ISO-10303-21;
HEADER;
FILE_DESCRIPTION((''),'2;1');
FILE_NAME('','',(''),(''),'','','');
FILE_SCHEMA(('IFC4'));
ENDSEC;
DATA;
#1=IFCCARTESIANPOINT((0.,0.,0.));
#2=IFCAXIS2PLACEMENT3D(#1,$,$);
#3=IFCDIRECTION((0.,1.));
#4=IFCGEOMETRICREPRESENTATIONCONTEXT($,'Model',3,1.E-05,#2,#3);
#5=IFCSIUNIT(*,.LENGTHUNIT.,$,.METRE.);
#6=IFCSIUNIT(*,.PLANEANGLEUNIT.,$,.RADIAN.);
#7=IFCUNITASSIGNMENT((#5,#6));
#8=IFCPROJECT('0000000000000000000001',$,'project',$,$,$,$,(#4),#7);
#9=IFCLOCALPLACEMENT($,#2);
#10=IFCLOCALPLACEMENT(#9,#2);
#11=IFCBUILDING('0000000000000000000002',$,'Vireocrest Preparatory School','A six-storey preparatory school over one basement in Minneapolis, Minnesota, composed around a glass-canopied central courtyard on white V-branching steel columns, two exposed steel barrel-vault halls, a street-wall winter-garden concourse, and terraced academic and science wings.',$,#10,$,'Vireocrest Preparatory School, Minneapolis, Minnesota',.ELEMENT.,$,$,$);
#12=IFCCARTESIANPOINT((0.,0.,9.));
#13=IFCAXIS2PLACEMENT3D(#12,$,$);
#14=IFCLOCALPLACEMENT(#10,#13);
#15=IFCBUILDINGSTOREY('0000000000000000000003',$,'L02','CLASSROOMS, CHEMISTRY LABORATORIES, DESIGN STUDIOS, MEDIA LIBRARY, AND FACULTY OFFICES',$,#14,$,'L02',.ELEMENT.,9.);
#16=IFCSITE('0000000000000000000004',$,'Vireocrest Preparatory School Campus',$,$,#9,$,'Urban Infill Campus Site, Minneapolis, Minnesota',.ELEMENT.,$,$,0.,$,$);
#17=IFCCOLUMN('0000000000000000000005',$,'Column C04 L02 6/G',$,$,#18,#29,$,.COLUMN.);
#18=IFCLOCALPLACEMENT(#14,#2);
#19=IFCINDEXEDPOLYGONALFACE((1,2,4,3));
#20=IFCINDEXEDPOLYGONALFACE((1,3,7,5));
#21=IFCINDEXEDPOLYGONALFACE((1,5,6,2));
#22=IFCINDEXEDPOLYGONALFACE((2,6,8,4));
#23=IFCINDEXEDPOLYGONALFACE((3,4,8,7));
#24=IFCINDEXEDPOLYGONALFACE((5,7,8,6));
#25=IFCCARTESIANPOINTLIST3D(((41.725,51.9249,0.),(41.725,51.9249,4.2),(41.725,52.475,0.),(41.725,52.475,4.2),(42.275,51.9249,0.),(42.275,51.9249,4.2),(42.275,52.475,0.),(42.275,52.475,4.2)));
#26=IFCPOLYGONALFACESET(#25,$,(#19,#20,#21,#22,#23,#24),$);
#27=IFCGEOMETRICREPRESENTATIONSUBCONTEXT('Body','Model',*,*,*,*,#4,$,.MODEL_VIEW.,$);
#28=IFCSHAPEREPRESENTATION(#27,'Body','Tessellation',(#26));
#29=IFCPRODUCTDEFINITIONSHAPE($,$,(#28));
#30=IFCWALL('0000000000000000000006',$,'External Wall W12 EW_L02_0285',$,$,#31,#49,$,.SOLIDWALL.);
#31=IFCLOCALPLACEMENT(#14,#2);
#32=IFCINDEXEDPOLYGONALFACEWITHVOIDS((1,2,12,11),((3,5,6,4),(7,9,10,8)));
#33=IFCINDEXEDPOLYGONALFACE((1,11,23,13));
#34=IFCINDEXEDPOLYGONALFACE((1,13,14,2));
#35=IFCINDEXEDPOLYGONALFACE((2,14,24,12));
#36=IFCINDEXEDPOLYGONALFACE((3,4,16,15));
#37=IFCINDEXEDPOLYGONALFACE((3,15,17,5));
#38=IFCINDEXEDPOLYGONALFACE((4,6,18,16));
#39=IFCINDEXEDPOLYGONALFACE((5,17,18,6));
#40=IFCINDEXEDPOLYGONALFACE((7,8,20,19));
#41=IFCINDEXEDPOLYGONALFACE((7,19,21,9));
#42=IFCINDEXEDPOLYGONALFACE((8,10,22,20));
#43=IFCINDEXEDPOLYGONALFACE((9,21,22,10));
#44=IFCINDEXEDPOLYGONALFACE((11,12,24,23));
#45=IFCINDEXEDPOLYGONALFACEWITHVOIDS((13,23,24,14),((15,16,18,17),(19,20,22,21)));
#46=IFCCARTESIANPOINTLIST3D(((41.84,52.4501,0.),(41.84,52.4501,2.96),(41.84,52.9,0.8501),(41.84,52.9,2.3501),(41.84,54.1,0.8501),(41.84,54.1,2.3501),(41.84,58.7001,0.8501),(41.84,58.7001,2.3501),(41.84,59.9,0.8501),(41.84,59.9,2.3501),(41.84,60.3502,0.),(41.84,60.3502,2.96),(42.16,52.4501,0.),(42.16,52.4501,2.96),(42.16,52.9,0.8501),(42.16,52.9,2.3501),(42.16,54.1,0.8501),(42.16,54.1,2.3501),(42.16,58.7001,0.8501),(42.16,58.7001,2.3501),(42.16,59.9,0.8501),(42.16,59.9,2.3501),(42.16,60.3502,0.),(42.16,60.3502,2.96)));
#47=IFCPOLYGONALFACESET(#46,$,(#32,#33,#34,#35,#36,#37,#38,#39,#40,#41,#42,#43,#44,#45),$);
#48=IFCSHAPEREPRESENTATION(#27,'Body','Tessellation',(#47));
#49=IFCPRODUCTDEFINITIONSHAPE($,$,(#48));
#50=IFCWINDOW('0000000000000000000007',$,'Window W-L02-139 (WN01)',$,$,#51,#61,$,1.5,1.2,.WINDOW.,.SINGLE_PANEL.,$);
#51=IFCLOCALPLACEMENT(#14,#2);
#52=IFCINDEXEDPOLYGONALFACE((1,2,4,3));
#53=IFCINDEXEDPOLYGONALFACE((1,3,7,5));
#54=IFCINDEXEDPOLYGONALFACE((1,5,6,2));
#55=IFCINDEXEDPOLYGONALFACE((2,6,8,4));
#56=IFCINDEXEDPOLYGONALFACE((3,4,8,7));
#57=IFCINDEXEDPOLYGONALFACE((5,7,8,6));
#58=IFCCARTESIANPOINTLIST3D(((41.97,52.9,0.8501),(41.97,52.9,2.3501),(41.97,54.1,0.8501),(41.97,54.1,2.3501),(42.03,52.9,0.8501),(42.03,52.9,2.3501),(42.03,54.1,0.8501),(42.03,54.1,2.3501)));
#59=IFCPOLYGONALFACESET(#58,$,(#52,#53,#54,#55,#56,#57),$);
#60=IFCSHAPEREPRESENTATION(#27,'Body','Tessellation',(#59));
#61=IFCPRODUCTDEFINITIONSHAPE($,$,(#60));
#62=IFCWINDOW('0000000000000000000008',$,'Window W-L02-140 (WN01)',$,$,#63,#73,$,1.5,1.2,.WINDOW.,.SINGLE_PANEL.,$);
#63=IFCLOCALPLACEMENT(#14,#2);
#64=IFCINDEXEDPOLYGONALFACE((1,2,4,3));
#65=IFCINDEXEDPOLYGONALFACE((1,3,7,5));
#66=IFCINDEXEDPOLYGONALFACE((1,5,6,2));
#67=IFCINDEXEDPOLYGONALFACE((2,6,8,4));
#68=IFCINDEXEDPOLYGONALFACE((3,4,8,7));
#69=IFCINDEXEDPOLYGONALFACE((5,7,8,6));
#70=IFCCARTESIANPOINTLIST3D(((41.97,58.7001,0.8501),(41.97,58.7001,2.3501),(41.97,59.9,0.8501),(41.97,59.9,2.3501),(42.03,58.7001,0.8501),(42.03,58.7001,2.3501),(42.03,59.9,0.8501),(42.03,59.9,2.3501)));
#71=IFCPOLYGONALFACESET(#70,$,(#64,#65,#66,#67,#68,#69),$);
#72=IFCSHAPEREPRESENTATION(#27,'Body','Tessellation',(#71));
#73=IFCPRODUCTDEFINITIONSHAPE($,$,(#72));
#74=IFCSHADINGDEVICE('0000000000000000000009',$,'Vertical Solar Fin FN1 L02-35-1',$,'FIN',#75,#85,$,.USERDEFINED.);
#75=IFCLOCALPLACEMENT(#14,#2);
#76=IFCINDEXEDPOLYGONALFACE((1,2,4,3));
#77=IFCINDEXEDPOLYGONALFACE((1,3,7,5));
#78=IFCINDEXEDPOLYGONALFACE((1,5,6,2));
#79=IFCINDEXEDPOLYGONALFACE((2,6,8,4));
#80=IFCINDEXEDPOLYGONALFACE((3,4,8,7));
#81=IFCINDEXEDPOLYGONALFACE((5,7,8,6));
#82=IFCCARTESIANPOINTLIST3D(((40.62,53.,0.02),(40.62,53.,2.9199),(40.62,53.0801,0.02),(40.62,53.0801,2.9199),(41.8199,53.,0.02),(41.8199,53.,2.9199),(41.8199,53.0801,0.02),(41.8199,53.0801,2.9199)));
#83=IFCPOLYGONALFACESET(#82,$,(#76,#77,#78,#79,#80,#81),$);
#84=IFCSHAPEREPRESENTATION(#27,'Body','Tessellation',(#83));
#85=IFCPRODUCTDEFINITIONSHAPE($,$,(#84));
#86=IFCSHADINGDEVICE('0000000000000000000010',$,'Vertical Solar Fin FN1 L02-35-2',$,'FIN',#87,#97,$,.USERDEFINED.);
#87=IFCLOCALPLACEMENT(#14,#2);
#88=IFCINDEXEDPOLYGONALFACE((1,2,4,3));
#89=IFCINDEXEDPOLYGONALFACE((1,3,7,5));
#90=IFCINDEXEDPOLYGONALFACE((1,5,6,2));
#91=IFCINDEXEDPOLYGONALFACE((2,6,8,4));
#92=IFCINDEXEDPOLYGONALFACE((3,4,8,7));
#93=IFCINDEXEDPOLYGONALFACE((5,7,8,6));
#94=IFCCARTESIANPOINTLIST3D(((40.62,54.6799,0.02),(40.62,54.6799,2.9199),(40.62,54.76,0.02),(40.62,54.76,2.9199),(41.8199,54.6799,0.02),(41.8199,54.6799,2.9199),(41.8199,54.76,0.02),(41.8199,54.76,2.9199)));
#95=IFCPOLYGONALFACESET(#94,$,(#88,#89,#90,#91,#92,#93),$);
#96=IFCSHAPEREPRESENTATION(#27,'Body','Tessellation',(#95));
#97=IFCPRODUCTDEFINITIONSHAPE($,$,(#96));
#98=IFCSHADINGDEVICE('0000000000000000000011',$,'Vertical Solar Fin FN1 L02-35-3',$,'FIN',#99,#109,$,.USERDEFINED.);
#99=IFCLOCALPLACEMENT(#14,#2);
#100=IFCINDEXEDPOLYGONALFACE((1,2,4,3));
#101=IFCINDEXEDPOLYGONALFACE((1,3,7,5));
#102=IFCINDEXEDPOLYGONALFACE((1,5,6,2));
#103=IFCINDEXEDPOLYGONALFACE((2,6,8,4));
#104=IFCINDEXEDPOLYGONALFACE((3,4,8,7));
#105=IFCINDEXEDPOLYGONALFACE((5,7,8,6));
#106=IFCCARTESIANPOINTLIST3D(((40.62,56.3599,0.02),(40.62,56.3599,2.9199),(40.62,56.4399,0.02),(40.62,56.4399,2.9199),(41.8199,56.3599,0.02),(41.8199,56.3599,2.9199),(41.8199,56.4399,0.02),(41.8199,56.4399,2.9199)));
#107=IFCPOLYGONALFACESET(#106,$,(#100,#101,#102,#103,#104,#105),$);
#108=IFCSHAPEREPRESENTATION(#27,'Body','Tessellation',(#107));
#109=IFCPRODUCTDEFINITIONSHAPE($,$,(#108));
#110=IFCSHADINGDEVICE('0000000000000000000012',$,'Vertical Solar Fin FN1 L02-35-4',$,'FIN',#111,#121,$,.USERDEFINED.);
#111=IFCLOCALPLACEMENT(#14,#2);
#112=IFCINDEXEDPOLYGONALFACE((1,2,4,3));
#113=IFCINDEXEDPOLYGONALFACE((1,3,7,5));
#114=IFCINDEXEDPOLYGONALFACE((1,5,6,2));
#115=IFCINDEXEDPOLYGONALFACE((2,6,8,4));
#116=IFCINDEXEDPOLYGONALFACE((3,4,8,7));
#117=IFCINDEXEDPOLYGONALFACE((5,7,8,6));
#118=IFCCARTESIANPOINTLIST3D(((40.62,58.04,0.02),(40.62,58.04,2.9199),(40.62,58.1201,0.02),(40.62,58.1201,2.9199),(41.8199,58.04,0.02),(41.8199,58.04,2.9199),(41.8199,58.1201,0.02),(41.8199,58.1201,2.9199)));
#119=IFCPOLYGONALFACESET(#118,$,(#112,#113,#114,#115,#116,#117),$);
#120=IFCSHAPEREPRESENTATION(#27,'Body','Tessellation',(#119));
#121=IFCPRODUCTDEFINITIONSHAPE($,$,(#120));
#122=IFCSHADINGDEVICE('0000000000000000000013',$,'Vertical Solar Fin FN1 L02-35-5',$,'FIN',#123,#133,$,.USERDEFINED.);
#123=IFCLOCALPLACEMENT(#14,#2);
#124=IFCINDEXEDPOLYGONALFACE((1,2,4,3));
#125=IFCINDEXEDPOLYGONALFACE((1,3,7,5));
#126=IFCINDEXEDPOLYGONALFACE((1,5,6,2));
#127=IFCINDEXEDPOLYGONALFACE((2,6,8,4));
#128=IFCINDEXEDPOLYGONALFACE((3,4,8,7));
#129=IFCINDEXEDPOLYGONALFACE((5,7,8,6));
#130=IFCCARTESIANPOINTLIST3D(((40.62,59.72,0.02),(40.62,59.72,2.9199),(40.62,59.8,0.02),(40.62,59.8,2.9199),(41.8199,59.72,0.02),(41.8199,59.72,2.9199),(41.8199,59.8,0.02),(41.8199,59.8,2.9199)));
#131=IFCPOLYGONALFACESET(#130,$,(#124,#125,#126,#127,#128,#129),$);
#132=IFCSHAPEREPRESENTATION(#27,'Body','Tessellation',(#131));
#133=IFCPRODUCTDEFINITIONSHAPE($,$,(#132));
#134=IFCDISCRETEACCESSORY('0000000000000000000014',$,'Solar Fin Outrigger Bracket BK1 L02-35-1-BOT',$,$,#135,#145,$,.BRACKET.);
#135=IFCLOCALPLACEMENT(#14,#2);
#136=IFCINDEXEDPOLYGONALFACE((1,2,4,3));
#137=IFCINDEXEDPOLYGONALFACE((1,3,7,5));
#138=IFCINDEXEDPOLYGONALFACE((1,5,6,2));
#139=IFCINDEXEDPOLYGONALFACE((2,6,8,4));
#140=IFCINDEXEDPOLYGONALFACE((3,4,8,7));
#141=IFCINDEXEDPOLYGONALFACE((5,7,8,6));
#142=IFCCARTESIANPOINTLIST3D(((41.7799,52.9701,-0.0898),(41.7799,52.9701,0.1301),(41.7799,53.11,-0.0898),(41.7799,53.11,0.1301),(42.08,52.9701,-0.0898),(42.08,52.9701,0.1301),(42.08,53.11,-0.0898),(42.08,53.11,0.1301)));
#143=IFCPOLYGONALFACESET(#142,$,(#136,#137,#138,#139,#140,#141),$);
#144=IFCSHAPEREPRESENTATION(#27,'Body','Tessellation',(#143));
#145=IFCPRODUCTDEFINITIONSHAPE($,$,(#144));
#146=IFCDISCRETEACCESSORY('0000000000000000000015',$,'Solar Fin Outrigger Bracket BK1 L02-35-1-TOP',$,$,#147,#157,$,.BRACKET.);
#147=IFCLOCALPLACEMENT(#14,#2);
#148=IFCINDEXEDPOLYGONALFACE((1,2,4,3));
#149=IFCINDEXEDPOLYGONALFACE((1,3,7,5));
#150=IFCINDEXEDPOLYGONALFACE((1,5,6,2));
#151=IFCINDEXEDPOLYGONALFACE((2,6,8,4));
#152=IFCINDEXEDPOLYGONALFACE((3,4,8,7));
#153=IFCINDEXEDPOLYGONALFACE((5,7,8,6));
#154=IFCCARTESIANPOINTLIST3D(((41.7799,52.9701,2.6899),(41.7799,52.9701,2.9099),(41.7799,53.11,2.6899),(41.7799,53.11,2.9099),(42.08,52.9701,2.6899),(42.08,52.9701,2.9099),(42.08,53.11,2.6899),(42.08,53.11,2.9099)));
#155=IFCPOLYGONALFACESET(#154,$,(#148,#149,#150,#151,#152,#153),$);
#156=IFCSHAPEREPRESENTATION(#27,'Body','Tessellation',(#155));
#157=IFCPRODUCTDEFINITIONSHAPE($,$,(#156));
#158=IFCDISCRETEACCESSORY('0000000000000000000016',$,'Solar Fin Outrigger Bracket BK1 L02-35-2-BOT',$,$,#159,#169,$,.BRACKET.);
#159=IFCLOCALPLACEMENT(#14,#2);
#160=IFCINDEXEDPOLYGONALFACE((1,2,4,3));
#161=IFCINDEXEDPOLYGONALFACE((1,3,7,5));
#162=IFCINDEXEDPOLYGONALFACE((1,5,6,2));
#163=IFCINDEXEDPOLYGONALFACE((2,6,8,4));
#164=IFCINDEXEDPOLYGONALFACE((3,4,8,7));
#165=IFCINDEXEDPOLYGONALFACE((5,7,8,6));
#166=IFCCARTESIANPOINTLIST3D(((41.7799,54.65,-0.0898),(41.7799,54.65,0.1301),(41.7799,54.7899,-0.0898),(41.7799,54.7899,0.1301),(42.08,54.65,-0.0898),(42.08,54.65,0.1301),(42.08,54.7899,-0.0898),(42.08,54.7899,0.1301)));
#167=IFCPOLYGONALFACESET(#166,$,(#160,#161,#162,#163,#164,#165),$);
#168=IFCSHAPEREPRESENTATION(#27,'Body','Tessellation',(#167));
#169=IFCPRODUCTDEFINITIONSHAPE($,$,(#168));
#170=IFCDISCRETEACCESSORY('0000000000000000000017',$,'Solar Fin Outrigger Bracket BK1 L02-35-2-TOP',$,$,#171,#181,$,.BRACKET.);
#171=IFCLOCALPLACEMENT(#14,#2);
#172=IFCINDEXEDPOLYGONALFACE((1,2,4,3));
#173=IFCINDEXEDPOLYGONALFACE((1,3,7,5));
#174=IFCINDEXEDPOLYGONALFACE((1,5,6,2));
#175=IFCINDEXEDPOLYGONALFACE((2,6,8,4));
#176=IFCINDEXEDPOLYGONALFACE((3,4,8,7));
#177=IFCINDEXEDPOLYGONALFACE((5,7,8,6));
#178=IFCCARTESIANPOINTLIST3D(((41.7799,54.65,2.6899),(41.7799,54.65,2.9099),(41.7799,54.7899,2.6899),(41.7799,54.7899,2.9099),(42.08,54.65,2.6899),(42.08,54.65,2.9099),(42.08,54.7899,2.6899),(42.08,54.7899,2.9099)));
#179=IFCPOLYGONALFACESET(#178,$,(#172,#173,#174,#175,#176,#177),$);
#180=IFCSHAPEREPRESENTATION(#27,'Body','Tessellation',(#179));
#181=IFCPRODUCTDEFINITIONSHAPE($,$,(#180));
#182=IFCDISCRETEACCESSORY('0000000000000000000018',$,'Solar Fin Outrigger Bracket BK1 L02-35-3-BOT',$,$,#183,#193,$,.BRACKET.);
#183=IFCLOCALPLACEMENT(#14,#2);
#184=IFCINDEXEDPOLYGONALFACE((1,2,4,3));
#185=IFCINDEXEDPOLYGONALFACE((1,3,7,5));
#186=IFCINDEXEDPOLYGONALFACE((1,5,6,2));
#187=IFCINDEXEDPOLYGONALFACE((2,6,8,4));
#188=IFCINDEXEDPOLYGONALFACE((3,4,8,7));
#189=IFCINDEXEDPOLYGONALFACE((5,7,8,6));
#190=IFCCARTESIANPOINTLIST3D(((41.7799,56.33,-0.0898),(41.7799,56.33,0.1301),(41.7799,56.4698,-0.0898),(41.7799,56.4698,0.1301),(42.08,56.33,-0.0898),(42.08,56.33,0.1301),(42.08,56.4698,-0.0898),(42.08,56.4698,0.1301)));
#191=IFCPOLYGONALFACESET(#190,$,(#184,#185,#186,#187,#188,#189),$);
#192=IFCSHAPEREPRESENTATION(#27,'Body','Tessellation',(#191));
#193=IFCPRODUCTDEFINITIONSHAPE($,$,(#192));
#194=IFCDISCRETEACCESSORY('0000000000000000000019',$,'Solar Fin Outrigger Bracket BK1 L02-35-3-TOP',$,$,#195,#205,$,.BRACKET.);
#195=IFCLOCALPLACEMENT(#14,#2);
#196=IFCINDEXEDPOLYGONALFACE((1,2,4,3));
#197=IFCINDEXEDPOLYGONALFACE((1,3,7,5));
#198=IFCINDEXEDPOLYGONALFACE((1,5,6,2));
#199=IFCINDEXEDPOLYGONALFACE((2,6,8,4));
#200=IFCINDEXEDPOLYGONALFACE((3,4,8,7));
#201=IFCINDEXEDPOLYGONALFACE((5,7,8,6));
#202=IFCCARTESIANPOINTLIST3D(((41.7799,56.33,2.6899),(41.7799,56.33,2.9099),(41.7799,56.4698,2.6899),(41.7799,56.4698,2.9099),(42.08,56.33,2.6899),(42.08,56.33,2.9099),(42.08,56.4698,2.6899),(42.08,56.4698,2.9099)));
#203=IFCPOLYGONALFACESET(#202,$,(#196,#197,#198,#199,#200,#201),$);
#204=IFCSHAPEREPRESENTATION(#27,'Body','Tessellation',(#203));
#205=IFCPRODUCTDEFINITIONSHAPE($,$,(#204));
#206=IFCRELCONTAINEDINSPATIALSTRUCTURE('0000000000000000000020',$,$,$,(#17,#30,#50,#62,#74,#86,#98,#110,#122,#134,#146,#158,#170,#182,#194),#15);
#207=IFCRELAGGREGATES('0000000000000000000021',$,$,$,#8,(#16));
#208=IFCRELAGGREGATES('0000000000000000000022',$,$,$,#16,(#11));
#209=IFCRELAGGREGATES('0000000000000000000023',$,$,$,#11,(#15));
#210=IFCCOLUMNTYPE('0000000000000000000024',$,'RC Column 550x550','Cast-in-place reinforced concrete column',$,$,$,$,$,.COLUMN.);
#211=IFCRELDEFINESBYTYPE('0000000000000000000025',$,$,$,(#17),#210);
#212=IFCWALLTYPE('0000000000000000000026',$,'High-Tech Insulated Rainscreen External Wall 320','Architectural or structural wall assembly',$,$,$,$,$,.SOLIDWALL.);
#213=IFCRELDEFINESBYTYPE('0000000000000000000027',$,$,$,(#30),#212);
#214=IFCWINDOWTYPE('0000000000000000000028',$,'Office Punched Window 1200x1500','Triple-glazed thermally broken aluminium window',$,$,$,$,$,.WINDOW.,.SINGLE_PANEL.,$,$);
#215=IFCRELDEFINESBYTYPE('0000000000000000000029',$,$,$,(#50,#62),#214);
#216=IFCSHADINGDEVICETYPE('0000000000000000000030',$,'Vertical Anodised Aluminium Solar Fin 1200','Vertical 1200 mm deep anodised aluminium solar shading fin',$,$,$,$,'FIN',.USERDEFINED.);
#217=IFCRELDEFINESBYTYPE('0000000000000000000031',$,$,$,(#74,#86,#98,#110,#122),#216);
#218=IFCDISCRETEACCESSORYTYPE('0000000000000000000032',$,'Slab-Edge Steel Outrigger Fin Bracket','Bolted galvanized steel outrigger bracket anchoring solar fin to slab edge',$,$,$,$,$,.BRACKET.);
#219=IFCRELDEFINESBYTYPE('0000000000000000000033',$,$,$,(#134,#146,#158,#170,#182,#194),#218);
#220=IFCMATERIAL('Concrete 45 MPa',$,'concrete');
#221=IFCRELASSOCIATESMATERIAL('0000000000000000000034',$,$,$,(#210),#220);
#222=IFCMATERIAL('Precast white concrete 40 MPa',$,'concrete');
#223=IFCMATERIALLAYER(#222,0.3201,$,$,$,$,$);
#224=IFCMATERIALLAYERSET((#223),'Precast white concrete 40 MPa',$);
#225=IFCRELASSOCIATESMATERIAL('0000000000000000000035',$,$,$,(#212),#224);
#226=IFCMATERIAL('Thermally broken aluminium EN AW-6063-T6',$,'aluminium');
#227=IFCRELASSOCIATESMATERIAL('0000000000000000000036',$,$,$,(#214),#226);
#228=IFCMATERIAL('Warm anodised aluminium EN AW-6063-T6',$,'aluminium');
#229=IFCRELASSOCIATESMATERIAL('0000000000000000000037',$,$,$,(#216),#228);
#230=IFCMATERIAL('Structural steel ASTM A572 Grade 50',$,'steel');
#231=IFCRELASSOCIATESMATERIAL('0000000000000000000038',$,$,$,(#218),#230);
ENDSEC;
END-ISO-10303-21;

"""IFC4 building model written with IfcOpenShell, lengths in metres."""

from ifc_helpers import new_model, si_unit, direction, frame, frame_2d, origin, origin_2d, place, context, subcontext, project, spatial, rectangle, extrude, material, layer, layer_set, material_profile, profile_set, type_object, element, fill, save


model = new_model("IFC4")

# Units and contexts
model_context = context("Model", 3, precision=1e-05, world=origin(), true_north=direction((0.0, 1.0)))
body_context = subcontext(model_context, "Body", "Model", "MODEL_VIEW")
ifc_project = project(units=[si_unit("LENGTHUNIT", "METRE"), si_unit("PLANEANGLEUNIT", "RADIAN")], contexts=[model_context])

# Site, building, storey
site_placement = place(None, origin())
site = spatial("IfcSite", under=ifc_project, at=site_placement, Name="Vireocrest Preparatory School Campus", LongName="Urban Infill Campus Site, Minneapolis, Minnesota", CompositionType="ELEMENT", RefElevation=0.0)
building_placement = place(site_placement, origin())
building = spatial("IfcBuilding", under=site, at=building_placement, Name="Vireocrest Preparatory School", Description="A six-storey preparatory school over one basement in Minneapolis, Minnesota, composed around a glass-canopied central courtyard on white V-branching steel columns, two exposed steel barrel-vault halls, a street-wall winter-garden concourse, and terraced academic and science wings.", LongName="Vireocrest Preparatory School, Minneapolis, Minnesota", CompositionType="ELEMENT")
storey_placement = place(building_placement, frame((0.0, 0.0, 9.0)))
storey = spatial("IfcBuildingStorey", under=building, at=storey_placement, Name="L02", Description="CLASSROOMS, CHEMISTRY LABORATORIES, DESIGN STUDIOS, MEDIA LIBRARY, AND FACULTY OFFICES", LongName="L02", CompositionType="ELEMENT", Elevation=9.0)

# Column
ifc_material_1 = material(Name="Concrete 45 MPa", Category="concrete")
ifc_material_profile_1 = material_profile(ifc_material_1, rectangle(XDim=0.55, YDim=0.55, at=origin_2d()), Name="RC 550x550")
ifc_profile_set_1 = profile_set([ifc_material_profile_1], Name="Concrete 45 MPa")
column_type = type_object("IfcColumnType", Name="RC Column 550x550", Description="Cast-in-place reinforced concrete column", PredefinedType="COLUMN", material=ifc_profile_set_1)
column_placement = place(storey_placement, frame((42.0, 52.2, 0.0), z_axis=(0.0, 0.0, 1.0), x_axis=(1.0, 0.0, 0.0)))
element("IfcColumn", 1, at=column_placement, inside=storey, type_object=column_type, Name="Column C04 L02 6/G", PredefinedType="COLUMN", context=body_context, shape_type="SweptSolid", body=[
    extrude(rectangle(XDim=0.55, YDim=0.55, at=origin_2d()), origin(), (0.0, 0.0, 1.0), 4.2),
])

# Wall, openings, windows
ifc_material_2 = material(Name="Precast white concrete 40 MPa", Category="concrete")
ifc_layer = layer(ifc_material_2, 0.3201)
ifc_layer_set = layer_set([ifc_layer], Name="Precast white concrete 40 MPa")
wall_type = type_object("IfcWallType", Name="High-Tech Insulated Rainscreen External Wall 320", Description="Architectural or structural wall assembly", PredefinedType="SOLIDWALL", material=ifc_layer_set)
wall_placement = place(storey_placement, frame((42.0, 52.45, 0.0), z_axis=(0.0, 0.0, 1.0), x_axis=(0.0, 1.0, 0.0)))
wall = element("IfcWall", 2, at=wall_placement, inside=storey, type_object=wall_type, Name="External Wall W12 EW_L02_0285", PredefinedType="SOLIDWALL", context=body_context, shape_type="SweptSolid", body=[
    extrude(rectangle(XDim=7.9001, YDim=0.3201, at=frame_2d((3.9502, 0.0))), origin(), (0.0, 0.0, 1.0), 2.96),
])
opening_1_placement = place(wall_placement, frame((0.45, 0.0, 0.8501)))
opening_1 = element("IfcOpeningElement", 3, at=opening_1_placement, cuts=wall, PredefinedType="OPENING", context=body_context, shape_type="SweptSolid", body=[
    extrude(rectangle(XDim=1.2, YDim=1.5, at=frame_2d((0.6001, 0.75))), frame((0.0, 0.1699, 0.0), z_axis=(0.0, -1.0, 0.0), x_axis=(1.0, 0.0, 0.0)), (0.0, 0.0, 1.0), 0.3401),
])
opening_2_placement = place(wall_placement, frame((6.25, 0.0, 0.8501)))
opening_2 = element("IfcOpeningElement", 4, at=opening_2_placement, cuts=wall, PredefinedType="OPENING", context=body_context, shape_type="SweptSolid", body=[
    extrude(rectangle(XDim=1.2, YDim=1.5, at=frame_2d((0.6001, 0.75))), frame((0.0, 0.1699, 0.0), z_axis=(0.0, -1.0, 0.0), x_axis=(1.0, 0.0, 0.0)), (0.0, 0.0, 1.0), 0.3401),
])
ifc_material_3 = material(Name="Thermally broken aluminium EN AW-6063-T6", Category="aluminium")
window_type = type_object("IfcWindowType", Name="Office Punched Window 1200x1500", Description="Triple-glazed thermally broken aluminium window", PartitioningType="SINGLE_PANEL", PredefinedType="WINDOW", material=ifc_material_3)
window_1_placement = place(opening_1_placement, origin())
window_1 = element("IfcWindow", 5, at=window_1_placement, inside=storey, type_object=window_type, Name="Window W-L02-139 (WN01)", OverallHeight=1.5, OverallWidth=1.2, PartitioningType="SINGLE_PANEL", PredefinedType="WINDOW", context=body_context, shape_type="SweptSolid", body=[
    extrude(rectangle(XDim=1.2, YDim=1.5, at=frame_2d((0.6001, 0.75))), frame((0.0, 0.03, 0.0), z_axis=(0.0, -1.0, 0.0), x_axis=(1.0, 0.0, 0.0)), (0.0, 0.0, 1.0), 0.0601),
])
fill(opening_1, window_1)
window_2_placement = place(opening_2_placement, origin())
window_2 = element("IfcWindow", 6, at=window_2_placement, inside=storey, type_object=window_type, Name="Window W-L02-140 (WN01)", OverallHeight=1.5, OverallWidth=1.2, PartitioningType="SINGLE_PANEL", PredefinedType="WINDOW", context=body_context, shape_type="SweptSolid", body=[
    extrude(rectangle(XDim=1.2, YDim=1.5, at=frame_2d((0.6001, 0.75))), frame((0.0, 0.03, 0.0), z_axis=(0.0, -1.0, 0.0), x_axis=(1.0, 0.0, 0.0)), (0.0, 0.0, 1.0), 0.0601),
])
fill(opening_2, window_2)

# Shading devices
ifc_material_4 = material(Name="Warm anodised aluminium EN AW-6063-T6", Category="aluminium")
ifc_material_profile_2 = material_profile(ifc_material_4, rectangle(XDim=0.0801, YDim=1.2, at=origin_2d()), Name="FIN 80x1200")
ifc_profile_set_2 = profile_set([ifc_material_profile_2], Name="Warm anodised aluminium EN AW-6063-T6")
shading_device_type = type_object("IfcShadingDeviceType", Name="Vertical Anodised Aluminium Solar Fin 1200", Description="Vertical 1200 mm deep anodised aluminium solar shading fin", ElementType="FIN", PredefinedType="USERDEFINED", material=ifc_profile_set_2)
for number, where, z_axis, x_axis, name in (
    (7, (41.22, 53.04, 0.02), (0.0, 0.0, 1.0), (0.0, 1.0, 0.0), "Vertical Solar Fin FN1 L02-35-1"),
    (8, (41.22, 54.72, 0.02), (0.0, 0.0, 1.0), (0.0, 1.0, 0.0), "Vertical Solar Fin FN1 L02-35-2"),
    (9, (41.22, 56.3999, 0.02), (0.0, 0.0, 1.0), (0.0, 1.0, 0.0), "Vertical Solar Fin FN1 L02-35-3"),
    (10, (41.22, 58.0801, 0.02), (0.0, 0.0, 1.0), (0.0, 1.0, 0.0), "Vertical Solar Fin FN1 L02-35-4"),
    (11, (41.22, 59.76, 0.02), (0.0, 0.0, 1.0), (0.0, 1.0, 0.0), "Vertical Solar Fin FN1 L02-35-5"),
):
    element("IfcShadingDevice", number, at=place(storey_placement, frame(where, z_axis=z_axis, x_axis=x_axis)), inside=storey, type_object=shading_device_type, Name=name, ObjectType="FIN", PredefinedType="USERDEFINED", context=body_context, shape_type="SweptSolid", body=[
        extrude(rectangle(XDim=0.0801, YDim=1.2, at=origin_2d()), origin(), (0.0, 0.0, 1.0), 2.8999),
    ])

# Discrete accessories
ifc_material_5 = material(Name="Structural steel ASTM A572 Grade 50", Category="steel")
discrete_accessory_type = type_object("IfcDiscreteAccessoryType", Name="Slab-Edge Steel Outrigger Fin Bracket", Description="Bolted galvanized steel outrigger bracket anchoring solar fin to slab edge", PredefinedType="BRACKET", material=ifc_material_5)
for number, where, z_axis, x_axis, name in (
    (12, (41.9299, 53.04, -0.0898), (0.0, 0.0, 1.0), (0.0, 1.0, 0.0), "Solar Fin Outrigger Bracket BK1 L02-35-1-BOT"),
    (13, (41.9299, 53.04, 2.6899), (0.0, 0.0, 1.0), (0.0, 1.0, 0.0), "Solar Fin Outrigger Bracket BK1 L02-35-1-TOP"),
    (14, (41.9299, 54.72, -0.0898), (0.0, 0.0, 1.0), (0.0, 1.0, 0.0), "Solar Fin Outrigger Bracket BK1 L02-35-2-BOT"),
    (15, (41.9299, 54.72, 2.6899), (0.0, 0.0, 1.0), (0.0, 1.0, 0.0), "Solar Fin Outrigger Bracket BK1 L02-35-2-TOP"),
    (16, (41.9299, 56.3999, -0.0898), (0.0, 0.0, 1.0), (0.0, 1.0, 0.0), "Solar Fin Outrigger Bracket BK1 L02-35-3-BOT"),
    (17, (41.9299, 56.3999, 2.6899), (0.0, 0.0, 1.0), (0.0, 1.0, 0.0), "Solar Fin Outrigger Bracket BK1 L02-35-3-TOP"),
):
    element("IfcDiscreteAccessory", number, at=place(storey_placement, frame(where, z_axis=z_axis, x_axis=x_axis)), inside=storey, type_object=discrete_accessory_type, Name=name, PredefinedType="BRACKET", context=body_context, shape_type="SweptSolid", body=[
        extrude(rectangle(XDim=0.1399, YDim=0.3, at=origin_2d()), origin(), (0.0, 0.0, 1.0), 0.22),
    ])

save(model, "model.ifc")
